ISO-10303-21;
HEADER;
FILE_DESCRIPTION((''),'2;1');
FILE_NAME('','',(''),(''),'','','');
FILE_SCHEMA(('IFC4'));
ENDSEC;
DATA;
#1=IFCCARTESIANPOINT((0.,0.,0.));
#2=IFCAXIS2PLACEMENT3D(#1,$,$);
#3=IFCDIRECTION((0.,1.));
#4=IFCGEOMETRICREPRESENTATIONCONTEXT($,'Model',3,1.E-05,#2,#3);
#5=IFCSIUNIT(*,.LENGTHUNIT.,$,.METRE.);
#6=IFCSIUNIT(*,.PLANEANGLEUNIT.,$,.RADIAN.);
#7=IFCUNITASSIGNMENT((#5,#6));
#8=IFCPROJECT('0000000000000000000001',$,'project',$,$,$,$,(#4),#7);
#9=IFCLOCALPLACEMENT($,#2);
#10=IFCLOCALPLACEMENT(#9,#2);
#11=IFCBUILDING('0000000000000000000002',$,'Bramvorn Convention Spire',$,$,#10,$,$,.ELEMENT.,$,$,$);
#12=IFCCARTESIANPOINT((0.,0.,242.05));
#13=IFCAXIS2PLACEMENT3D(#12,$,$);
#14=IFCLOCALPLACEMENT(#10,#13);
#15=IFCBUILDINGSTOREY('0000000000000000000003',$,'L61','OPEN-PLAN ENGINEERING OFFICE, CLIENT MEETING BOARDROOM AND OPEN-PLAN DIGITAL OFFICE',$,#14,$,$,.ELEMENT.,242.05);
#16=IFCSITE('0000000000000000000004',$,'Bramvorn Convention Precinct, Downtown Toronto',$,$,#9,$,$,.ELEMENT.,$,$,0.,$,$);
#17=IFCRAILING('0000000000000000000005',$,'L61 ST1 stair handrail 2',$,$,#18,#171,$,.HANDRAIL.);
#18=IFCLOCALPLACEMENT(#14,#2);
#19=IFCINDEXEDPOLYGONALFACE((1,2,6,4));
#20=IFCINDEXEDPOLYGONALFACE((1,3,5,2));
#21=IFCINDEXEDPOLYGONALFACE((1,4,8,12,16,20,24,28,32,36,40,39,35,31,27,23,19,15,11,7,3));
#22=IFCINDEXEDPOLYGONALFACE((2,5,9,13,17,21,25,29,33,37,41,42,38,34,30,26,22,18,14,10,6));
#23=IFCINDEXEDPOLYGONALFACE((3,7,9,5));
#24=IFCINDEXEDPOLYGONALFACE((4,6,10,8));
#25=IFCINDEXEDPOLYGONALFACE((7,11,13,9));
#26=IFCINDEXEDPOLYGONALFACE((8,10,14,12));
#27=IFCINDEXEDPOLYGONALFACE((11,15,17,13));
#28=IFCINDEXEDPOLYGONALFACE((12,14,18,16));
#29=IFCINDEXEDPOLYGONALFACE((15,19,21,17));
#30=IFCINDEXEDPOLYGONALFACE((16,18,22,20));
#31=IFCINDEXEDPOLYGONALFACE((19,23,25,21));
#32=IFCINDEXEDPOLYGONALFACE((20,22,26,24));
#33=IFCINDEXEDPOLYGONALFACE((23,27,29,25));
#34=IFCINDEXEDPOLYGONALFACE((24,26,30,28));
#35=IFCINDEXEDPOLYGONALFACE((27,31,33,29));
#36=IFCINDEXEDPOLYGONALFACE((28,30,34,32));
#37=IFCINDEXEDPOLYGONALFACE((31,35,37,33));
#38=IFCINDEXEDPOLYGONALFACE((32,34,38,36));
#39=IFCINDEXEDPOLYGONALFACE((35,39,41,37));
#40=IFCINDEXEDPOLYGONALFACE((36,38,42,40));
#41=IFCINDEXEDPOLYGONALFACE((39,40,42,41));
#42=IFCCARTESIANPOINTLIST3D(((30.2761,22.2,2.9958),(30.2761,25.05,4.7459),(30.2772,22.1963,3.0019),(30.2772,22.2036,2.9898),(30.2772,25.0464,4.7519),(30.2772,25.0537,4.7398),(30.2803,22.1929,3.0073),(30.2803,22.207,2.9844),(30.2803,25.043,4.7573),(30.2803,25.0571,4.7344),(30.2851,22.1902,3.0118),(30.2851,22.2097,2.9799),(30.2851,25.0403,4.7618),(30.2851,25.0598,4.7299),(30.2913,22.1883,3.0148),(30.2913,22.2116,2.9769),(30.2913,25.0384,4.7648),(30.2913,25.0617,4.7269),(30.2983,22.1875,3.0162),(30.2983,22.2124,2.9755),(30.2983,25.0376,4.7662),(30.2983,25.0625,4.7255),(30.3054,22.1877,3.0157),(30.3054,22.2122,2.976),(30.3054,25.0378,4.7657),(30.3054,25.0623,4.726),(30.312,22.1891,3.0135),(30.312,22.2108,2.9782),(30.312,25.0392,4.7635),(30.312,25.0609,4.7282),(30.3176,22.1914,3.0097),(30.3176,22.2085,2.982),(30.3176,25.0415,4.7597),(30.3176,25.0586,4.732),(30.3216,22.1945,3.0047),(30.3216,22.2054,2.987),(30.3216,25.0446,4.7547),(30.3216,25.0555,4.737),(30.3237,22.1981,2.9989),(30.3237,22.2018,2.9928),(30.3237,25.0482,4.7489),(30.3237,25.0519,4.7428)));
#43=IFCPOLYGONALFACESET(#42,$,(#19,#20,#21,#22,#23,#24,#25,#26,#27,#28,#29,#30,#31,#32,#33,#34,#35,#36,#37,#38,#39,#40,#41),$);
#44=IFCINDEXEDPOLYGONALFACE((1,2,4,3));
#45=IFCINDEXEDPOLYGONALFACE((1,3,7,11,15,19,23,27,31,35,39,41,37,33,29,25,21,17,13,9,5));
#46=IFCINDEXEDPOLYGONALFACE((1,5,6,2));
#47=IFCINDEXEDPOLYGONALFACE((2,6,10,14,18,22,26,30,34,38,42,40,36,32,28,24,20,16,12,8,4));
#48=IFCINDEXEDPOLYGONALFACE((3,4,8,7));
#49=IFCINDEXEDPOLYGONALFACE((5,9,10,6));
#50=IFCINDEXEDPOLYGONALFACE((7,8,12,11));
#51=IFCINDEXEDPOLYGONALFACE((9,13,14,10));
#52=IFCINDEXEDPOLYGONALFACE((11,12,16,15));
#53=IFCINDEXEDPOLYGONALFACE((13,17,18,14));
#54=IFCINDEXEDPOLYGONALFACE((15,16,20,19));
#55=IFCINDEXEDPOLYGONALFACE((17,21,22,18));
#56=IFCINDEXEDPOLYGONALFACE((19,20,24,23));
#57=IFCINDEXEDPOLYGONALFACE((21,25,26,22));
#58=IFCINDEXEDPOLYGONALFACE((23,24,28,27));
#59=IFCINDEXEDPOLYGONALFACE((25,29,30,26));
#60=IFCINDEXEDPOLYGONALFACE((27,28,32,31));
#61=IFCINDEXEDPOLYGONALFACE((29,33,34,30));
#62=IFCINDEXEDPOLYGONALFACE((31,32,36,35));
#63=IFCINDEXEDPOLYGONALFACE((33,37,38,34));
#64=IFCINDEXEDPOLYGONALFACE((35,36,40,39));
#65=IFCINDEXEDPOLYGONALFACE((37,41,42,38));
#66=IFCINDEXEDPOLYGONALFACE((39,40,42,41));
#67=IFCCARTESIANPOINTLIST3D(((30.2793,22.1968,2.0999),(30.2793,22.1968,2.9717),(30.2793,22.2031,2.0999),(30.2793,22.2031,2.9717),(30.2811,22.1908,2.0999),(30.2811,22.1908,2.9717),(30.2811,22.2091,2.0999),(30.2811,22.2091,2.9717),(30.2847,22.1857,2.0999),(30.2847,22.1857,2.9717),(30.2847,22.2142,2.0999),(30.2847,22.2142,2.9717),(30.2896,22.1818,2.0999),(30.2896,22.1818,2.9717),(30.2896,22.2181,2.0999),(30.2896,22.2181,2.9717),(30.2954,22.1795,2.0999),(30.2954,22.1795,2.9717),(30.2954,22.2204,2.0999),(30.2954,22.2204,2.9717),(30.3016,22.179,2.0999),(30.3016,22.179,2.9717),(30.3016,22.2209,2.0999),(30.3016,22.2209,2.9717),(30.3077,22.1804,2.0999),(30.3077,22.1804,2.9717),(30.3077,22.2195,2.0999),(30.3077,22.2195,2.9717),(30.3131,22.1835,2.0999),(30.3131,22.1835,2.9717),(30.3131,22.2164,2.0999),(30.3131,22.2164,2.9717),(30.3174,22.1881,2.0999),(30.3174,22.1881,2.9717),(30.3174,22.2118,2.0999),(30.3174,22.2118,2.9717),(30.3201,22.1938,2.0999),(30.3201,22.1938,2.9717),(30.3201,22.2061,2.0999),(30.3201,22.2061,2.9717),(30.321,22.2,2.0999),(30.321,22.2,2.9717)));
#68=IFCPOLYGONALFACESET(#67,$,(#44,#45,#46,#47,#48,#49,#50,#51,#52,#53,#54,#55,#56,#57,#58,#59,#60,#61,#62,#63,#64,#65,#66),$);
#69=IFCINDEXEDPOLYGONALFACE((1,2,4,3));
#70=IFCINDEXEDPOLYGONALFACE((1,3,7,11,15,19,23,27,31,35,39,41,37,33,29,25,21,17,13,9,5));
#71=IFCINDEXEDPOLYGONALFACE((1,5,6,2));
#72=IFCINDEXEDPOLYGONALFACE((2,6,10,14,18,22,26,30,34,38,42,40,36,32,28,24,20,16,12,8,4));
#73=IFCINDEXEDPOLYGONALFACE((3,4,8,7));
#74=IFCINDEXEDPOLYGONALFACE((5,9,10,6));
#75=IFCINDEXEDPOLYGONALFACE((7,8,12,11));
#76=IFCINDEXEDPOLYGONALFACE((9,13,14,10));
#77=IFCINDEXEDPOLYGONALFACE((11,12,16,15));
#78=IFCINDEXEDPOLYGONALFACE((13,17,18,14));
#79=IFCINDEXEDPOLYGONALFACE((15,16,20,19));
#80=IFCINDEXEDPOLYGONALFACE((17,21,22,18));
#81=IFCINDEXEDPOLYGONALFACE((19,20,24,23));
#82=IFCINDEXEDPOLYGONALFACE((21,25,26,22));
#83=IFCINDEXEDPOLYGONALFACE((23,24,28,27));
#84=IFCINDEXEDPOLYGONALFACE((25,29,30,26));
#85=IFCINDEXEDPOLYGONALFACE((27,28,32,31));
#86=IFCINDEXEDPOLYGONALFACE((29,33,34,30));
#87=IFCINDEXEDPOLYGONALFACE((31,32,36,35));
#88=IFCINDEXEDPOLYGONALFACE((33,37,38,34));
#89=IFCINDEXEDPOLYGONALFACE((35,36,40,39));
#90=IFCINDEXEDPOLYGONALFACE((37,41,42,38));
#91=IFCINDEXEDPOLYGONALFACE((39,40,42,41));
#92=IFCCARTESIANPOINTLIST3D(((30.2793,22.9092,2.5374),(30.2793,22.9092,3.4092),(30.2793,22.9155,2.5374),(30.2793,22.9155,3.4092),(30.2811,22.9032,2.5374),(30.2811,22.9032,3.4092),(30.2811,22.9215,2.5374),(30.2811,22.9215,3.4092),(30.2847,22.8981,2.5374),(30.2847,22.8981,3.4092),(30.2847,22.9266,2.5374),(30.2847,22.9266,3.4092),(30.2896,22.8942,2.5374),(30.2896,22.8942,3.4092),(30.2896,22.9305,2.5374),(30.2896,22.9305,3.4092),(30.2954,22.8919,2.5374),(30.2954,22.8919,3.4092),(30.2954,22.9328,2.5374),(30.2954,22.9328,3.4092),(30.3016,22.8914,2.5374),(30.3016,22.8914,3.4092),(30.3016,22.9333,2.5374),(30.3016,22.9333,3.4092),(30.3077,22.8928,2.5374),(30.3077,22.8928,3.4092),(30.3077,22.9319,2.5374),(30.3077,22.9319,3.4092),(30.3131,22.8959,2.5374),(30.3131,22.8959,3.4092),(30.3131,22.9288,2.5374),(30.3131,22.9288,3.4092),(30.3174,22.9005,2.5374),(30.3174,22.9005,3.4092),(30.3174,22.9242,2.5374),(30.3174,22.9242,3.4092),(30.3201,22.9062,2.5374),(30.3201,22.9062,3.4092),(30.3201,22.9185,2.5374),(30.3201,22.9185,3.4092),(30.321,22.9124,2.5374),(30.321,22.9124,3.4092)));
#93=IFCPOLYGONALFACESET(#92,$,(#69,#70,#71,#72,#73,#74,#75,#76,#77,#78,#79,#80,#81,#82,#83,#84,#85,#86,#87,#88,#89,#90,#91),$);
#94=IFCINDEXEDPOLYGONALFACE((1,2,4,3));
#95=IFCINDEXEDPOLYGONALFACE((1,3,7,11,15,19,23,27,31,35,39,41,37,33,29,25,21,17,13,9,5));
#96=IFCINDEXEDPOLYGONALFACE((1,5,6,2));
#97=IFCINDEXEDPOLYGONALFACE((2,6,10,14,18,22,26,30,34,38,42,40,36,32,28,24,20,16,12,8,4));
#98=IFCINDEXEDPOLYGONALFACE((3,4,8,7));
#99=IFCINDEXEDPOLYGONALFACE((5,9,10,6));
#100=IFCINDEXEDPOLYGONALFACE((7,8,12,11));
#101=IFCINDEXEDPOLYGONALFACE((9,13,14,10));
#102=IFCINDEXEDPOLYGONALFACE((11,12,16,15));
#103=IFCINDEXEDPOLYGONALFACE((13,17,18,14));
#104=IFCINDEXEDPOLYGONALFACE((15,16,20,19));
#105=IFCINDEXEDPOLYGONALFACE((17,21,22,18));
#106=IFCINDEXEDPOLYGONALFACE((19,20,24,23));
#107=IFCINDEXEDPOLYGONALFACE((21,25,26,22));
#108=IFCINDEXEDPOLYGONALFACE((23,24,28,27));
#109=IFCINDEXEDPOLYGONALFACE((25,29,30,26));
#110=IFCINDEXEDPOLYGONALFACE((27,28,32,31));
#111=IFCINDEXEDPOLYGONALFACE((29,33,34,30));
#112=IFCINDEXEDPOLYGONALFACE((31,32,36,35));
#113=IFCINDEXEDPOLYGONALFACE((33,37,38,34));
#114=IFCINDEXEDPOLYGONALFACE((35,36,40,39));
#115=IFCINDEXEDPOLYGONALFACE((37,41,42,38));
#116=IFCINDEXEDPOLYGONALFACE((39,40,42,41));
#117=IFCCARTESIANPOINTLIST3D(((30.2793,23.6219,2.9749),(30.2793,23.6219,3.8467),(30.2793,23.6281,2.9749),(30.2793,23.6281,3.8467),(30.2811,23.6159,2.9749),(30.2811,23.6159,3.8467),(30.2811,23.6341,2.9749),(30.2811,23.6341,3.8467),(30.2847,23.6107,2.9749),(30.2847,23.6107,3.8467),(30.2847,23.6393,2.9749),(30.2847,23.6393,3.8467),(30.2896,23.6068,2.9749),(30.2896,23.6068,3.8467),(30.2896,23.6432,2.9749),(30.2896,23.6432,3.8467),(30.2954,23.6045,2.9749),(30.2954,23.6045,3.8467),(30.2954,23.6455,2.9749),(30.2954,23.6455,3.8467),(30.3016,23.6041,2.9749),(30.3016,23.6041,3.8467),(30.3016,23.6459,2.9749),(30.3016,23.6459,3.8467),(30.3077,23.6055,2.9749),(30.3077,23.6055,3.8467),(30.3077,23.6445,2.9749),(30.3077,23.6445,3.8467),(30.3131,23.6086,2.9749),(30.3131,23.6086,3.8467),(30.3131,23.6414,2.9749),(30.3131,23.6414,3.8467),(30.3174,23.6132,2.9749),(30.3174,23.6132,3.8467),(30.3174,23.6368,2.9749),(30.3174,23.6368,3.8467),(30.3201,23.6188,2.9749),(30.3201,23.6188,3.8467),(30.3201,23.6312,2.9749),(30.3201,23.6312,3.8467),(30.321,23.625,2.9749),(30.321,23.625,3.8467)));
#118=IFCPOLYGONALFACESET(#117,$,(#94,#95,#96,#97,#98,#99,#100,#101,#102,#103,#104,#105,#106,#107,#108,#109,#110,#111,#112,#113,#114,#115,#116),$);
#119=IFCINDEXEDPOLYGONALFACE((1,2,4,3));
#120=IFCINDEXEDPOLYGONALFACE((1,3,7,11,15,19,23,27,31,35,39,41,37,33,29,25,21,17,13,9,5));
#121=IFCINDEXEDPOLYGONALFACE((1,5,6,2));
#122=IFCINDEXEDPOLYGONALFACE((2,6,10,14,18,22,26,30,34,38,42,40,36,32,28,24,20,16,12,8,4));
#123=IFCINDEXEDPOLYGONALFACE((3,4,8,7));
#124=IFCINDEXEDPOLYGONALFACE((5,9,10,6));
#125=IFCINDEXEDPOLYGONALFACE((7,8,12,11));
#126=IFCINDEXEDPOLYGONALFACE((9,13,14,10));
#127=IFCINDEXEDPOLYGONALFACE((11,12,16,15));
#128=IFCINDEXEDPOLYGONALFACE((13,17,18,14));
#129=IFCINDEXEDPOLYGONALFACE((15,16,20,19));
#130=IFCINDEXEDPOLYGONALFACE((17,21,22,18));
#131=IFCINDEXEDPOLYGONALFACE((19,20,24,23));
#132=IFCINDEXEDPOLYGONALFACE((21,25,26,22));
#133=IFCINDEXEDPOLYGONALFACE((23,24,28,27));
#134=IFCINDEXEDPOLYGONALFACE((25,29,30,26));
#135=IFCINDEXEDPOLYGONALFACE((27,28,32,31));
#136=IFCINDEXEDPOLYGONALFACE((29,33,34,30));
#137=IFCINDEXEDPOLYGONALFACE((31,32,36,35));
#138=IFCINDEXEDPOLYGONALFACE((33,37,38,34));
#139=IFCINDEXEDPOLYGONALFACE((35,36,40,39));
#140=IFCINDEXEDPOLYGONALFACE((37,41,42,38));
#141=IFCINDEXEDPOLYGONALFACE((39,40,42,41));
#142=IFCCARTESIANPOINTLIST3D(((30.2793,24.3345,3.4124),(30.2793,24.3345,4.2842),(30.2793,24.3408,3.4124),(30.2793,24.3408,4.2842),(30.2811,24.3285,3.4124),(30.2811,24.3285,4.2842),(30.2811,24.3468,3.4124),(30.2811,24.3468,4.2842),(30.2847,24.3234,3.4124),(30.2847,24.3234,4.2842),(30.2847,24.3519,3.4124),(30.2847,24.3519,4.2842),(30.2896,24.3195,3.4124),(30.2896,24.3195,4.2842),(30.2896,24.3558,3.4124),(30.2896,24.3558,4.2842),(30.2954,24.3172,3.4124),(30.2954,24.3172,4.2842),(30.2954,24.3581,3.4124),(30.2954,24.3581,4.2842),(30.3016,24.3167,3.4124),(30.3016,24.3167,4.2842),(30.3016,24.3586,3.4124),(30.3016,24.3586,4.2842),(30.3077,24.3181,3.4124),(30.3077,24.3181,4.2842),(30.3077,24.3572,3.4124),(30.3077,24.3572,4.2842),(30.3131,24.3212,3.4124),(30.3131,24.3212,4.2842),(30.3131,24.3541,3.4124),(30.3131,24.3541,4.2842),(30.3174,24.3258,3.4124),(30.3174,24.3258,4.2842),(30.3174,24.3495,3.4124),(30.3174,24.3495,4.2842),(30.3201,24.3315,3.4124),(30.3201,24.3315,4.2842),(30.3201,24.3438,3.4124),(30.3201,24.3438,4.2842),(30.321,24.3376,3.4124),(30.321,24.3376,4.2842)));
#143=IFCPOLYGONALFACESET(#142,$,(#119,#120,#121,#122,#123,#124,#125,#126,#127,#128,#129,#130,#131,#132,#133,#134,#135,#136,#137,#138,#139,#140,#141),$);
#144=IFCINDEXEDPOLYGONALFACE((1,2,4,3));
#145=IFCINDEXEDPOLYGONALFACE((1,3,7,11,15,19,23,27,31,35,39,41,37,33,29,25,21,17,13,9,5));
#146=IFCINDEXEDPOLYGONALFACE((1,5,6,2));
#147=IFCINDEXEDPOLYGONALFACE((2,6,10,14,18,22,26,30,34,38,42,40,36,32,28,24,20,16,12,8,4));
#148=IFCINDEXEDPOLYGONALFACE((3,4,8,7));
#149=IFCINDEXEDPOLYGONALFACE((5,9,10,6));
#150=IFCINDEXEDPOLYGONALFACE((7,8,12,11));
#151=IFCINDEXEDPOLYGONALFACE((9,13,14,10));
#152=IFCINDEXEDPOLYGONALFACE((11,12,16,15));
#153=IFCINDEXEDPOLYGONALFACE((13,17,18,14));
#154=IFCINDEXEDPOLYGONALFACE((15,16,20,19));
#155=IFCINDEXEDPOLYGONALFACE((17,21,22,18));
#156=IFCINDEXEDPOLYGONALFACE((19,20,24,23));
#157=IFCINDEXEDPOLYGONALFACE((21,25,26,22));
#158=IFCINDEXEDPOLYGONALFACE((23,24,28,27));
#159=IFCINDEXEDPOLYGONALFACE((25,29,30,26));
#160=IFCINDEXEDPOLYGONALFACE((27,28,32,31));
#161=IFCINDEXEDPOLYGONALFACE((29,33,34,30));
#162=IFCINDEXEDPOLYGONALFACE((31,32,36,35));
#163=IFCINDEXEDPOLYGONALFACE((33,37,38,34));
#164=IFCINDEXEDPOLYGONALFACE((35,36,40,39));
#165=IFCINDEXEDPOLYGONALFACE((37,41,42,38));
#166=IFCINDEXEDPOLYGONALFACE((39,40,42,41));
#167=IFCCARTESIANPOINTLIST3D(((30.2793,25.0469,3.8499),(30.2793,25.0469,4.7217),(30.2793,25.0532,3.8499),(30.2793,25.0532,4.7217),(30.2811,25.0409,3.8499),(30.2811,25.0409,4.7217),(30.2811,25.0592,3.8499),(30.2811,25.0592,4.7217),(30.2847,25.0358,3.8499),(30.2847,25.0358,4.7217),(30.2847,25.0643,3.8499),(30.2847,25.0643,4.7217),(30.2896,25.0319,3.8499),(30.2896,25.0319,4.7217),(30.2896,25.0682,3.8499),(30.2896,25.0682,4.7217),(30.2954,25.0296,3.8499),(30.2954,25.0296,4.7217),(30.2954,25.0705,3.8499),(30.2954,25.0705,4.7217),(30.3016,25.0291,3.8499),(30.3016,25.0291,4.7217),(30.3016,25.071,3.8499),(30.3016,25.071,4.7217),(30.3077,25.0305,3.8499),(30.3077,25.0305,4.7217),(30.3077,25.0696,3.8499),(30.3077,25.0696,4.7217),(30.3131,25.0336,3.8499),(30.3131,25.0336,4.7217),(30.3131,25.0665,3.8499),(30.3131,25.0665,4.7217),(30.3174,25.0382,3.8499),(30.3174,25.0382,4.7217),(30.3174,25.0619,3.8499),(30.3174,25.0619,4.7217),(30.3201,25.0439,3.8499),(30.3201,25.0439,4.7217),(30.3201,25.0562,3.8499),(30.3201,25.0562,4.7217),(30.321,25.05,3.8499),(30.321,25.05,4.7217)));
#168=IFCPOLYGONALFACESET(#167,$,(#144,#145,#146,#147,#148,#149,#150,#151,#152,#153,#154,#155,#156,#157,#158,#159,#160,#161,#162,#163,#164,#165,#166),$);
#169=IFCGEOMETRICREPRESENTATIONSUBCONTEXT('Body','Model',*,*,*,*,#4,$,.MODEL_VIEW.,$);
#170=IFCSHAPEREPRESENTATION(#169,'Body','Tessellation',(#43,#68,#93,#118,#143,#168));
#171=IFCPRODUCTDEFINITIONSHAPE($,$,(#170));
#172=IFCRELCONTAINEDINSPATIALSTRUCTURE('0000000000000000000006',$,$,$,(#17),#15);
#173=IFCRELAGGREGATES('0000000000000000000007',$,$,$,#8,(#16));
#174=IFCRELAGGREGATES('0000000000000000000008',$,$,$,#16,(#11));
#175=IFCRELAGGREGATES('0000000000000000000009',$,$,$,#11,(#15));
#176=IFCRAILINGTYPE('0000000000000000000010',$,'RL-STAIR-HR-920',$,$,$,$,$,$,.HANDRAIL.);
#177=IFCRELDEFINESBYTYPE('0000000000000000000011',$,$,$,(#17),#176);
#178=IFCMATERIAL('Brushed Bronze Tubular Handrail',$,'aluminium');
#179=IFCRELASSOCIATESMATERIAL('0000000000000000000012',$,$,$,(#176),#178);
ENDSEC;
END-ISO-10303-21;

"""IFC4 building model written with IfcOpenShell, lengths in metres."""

from ifc_helpers import new_model, si_unit, direction, frame, origin, origin_2d, place, context, subcontext, project, spatial, circle, extrude, material, type_object, element, save


model = new_model("IFC4")

# Units and contexts
model_context = context("Model", 3, precision=1e-05, world=origin(), true_north=direction((0.0, 1.0)))
body_context = subcontext(model_context, "Body", "Model", "MODEL_VIEW")
ifc_project = project(units=[si_unit("LENGTHUNIT", "METRE"), si_unit("PLANEANGLEUNIT", "RADIAN")], contexts=[model_context])

# Site, building, storey
site_placement = place(None, origin())
site = spatial("IfcSite", under=ifc_project, at=site_placement, Name="Bramvorn Convention Precinct, Downtown Toronto", CompositionType="ELEMENT", RefElevation=0.0)
building_placement = place(site_placement, origin())
building = spatial("IfcBuilding", under=site, at=building_placement, Name="Bramvorn Convention Spire", CompositionType="ELEMENT")
storey_placement = place(building_placement, frame((0.0, 0.0, 242.05)))
storey = spatial("IfcBuildingStorey", under=building, at=storey_placement, Name="L61", Description="OPEN-PLAN ENGINEERING OFFICE, CLIENT MEETING BOARDROOM AND OPEN-PLAN DIGITAL OFFICE", CompositionType="ELEMENT", Elevation=242.05)

# Railing
ifc_material_1 = material(Name="Brushed Bronze Tubular Handrail", Category="aluminium")
railing_type_1 = type_object("IfcRailingType", Name="RL-STAIR-HR-920", PredefinedType="HANDRAIL", material=ifc_material_1)
railing_1_placement = place(storey_placement, frame((30.3, 22.2, 2.0999)))
element("IfcRailing", 1, at=railing_1_placement, inside=storey, type_object=railing_type_1, Name="L61 ST1 stair handrail 2", PredefinedType="HANDRAIL", context=body_context, shape_type="SweptSolid", body=[
    extrude(circle(Radius=0.0239, at=origin_2d()), frame((0.0, 0.0, 0.896), z_axis=(0.0, 0.852179, 0.52325), x_axis=(-1.0, 0.0, 0.0)), (0.0, 0.0, 1.0), 3.3445),
    extrude(circle(Radius=0.021, at=origin_2d()), origin(), (0.0, 0.0, 1.0), 0.8718),
    extrude(circle(Radius=0.021, at=origin_2d()), frame((0.0, 0.7124, 0.4375)), (0.0, 0.0, 1.0), 0.8718),
    extrude(circle(Radius=0.021, at=origin_2d()), frame((0.0, 1.425, 0.875)), (0.0, 0.0, 1.0), 0.8718),
    extrude(circle(Radius=0.021, at=origin_2d()), frame((0.0, 2.1377, 1.3125)), (0.0, 0.0, 1.0), 0.8718),
    extrude(circle(Radius=0.021, at=origin_2d()), frame((0.0, 2.8501, 1.75)), (0.0, 0.0, 1.0), 0.8718),
])

save(model, "model.ifc")
